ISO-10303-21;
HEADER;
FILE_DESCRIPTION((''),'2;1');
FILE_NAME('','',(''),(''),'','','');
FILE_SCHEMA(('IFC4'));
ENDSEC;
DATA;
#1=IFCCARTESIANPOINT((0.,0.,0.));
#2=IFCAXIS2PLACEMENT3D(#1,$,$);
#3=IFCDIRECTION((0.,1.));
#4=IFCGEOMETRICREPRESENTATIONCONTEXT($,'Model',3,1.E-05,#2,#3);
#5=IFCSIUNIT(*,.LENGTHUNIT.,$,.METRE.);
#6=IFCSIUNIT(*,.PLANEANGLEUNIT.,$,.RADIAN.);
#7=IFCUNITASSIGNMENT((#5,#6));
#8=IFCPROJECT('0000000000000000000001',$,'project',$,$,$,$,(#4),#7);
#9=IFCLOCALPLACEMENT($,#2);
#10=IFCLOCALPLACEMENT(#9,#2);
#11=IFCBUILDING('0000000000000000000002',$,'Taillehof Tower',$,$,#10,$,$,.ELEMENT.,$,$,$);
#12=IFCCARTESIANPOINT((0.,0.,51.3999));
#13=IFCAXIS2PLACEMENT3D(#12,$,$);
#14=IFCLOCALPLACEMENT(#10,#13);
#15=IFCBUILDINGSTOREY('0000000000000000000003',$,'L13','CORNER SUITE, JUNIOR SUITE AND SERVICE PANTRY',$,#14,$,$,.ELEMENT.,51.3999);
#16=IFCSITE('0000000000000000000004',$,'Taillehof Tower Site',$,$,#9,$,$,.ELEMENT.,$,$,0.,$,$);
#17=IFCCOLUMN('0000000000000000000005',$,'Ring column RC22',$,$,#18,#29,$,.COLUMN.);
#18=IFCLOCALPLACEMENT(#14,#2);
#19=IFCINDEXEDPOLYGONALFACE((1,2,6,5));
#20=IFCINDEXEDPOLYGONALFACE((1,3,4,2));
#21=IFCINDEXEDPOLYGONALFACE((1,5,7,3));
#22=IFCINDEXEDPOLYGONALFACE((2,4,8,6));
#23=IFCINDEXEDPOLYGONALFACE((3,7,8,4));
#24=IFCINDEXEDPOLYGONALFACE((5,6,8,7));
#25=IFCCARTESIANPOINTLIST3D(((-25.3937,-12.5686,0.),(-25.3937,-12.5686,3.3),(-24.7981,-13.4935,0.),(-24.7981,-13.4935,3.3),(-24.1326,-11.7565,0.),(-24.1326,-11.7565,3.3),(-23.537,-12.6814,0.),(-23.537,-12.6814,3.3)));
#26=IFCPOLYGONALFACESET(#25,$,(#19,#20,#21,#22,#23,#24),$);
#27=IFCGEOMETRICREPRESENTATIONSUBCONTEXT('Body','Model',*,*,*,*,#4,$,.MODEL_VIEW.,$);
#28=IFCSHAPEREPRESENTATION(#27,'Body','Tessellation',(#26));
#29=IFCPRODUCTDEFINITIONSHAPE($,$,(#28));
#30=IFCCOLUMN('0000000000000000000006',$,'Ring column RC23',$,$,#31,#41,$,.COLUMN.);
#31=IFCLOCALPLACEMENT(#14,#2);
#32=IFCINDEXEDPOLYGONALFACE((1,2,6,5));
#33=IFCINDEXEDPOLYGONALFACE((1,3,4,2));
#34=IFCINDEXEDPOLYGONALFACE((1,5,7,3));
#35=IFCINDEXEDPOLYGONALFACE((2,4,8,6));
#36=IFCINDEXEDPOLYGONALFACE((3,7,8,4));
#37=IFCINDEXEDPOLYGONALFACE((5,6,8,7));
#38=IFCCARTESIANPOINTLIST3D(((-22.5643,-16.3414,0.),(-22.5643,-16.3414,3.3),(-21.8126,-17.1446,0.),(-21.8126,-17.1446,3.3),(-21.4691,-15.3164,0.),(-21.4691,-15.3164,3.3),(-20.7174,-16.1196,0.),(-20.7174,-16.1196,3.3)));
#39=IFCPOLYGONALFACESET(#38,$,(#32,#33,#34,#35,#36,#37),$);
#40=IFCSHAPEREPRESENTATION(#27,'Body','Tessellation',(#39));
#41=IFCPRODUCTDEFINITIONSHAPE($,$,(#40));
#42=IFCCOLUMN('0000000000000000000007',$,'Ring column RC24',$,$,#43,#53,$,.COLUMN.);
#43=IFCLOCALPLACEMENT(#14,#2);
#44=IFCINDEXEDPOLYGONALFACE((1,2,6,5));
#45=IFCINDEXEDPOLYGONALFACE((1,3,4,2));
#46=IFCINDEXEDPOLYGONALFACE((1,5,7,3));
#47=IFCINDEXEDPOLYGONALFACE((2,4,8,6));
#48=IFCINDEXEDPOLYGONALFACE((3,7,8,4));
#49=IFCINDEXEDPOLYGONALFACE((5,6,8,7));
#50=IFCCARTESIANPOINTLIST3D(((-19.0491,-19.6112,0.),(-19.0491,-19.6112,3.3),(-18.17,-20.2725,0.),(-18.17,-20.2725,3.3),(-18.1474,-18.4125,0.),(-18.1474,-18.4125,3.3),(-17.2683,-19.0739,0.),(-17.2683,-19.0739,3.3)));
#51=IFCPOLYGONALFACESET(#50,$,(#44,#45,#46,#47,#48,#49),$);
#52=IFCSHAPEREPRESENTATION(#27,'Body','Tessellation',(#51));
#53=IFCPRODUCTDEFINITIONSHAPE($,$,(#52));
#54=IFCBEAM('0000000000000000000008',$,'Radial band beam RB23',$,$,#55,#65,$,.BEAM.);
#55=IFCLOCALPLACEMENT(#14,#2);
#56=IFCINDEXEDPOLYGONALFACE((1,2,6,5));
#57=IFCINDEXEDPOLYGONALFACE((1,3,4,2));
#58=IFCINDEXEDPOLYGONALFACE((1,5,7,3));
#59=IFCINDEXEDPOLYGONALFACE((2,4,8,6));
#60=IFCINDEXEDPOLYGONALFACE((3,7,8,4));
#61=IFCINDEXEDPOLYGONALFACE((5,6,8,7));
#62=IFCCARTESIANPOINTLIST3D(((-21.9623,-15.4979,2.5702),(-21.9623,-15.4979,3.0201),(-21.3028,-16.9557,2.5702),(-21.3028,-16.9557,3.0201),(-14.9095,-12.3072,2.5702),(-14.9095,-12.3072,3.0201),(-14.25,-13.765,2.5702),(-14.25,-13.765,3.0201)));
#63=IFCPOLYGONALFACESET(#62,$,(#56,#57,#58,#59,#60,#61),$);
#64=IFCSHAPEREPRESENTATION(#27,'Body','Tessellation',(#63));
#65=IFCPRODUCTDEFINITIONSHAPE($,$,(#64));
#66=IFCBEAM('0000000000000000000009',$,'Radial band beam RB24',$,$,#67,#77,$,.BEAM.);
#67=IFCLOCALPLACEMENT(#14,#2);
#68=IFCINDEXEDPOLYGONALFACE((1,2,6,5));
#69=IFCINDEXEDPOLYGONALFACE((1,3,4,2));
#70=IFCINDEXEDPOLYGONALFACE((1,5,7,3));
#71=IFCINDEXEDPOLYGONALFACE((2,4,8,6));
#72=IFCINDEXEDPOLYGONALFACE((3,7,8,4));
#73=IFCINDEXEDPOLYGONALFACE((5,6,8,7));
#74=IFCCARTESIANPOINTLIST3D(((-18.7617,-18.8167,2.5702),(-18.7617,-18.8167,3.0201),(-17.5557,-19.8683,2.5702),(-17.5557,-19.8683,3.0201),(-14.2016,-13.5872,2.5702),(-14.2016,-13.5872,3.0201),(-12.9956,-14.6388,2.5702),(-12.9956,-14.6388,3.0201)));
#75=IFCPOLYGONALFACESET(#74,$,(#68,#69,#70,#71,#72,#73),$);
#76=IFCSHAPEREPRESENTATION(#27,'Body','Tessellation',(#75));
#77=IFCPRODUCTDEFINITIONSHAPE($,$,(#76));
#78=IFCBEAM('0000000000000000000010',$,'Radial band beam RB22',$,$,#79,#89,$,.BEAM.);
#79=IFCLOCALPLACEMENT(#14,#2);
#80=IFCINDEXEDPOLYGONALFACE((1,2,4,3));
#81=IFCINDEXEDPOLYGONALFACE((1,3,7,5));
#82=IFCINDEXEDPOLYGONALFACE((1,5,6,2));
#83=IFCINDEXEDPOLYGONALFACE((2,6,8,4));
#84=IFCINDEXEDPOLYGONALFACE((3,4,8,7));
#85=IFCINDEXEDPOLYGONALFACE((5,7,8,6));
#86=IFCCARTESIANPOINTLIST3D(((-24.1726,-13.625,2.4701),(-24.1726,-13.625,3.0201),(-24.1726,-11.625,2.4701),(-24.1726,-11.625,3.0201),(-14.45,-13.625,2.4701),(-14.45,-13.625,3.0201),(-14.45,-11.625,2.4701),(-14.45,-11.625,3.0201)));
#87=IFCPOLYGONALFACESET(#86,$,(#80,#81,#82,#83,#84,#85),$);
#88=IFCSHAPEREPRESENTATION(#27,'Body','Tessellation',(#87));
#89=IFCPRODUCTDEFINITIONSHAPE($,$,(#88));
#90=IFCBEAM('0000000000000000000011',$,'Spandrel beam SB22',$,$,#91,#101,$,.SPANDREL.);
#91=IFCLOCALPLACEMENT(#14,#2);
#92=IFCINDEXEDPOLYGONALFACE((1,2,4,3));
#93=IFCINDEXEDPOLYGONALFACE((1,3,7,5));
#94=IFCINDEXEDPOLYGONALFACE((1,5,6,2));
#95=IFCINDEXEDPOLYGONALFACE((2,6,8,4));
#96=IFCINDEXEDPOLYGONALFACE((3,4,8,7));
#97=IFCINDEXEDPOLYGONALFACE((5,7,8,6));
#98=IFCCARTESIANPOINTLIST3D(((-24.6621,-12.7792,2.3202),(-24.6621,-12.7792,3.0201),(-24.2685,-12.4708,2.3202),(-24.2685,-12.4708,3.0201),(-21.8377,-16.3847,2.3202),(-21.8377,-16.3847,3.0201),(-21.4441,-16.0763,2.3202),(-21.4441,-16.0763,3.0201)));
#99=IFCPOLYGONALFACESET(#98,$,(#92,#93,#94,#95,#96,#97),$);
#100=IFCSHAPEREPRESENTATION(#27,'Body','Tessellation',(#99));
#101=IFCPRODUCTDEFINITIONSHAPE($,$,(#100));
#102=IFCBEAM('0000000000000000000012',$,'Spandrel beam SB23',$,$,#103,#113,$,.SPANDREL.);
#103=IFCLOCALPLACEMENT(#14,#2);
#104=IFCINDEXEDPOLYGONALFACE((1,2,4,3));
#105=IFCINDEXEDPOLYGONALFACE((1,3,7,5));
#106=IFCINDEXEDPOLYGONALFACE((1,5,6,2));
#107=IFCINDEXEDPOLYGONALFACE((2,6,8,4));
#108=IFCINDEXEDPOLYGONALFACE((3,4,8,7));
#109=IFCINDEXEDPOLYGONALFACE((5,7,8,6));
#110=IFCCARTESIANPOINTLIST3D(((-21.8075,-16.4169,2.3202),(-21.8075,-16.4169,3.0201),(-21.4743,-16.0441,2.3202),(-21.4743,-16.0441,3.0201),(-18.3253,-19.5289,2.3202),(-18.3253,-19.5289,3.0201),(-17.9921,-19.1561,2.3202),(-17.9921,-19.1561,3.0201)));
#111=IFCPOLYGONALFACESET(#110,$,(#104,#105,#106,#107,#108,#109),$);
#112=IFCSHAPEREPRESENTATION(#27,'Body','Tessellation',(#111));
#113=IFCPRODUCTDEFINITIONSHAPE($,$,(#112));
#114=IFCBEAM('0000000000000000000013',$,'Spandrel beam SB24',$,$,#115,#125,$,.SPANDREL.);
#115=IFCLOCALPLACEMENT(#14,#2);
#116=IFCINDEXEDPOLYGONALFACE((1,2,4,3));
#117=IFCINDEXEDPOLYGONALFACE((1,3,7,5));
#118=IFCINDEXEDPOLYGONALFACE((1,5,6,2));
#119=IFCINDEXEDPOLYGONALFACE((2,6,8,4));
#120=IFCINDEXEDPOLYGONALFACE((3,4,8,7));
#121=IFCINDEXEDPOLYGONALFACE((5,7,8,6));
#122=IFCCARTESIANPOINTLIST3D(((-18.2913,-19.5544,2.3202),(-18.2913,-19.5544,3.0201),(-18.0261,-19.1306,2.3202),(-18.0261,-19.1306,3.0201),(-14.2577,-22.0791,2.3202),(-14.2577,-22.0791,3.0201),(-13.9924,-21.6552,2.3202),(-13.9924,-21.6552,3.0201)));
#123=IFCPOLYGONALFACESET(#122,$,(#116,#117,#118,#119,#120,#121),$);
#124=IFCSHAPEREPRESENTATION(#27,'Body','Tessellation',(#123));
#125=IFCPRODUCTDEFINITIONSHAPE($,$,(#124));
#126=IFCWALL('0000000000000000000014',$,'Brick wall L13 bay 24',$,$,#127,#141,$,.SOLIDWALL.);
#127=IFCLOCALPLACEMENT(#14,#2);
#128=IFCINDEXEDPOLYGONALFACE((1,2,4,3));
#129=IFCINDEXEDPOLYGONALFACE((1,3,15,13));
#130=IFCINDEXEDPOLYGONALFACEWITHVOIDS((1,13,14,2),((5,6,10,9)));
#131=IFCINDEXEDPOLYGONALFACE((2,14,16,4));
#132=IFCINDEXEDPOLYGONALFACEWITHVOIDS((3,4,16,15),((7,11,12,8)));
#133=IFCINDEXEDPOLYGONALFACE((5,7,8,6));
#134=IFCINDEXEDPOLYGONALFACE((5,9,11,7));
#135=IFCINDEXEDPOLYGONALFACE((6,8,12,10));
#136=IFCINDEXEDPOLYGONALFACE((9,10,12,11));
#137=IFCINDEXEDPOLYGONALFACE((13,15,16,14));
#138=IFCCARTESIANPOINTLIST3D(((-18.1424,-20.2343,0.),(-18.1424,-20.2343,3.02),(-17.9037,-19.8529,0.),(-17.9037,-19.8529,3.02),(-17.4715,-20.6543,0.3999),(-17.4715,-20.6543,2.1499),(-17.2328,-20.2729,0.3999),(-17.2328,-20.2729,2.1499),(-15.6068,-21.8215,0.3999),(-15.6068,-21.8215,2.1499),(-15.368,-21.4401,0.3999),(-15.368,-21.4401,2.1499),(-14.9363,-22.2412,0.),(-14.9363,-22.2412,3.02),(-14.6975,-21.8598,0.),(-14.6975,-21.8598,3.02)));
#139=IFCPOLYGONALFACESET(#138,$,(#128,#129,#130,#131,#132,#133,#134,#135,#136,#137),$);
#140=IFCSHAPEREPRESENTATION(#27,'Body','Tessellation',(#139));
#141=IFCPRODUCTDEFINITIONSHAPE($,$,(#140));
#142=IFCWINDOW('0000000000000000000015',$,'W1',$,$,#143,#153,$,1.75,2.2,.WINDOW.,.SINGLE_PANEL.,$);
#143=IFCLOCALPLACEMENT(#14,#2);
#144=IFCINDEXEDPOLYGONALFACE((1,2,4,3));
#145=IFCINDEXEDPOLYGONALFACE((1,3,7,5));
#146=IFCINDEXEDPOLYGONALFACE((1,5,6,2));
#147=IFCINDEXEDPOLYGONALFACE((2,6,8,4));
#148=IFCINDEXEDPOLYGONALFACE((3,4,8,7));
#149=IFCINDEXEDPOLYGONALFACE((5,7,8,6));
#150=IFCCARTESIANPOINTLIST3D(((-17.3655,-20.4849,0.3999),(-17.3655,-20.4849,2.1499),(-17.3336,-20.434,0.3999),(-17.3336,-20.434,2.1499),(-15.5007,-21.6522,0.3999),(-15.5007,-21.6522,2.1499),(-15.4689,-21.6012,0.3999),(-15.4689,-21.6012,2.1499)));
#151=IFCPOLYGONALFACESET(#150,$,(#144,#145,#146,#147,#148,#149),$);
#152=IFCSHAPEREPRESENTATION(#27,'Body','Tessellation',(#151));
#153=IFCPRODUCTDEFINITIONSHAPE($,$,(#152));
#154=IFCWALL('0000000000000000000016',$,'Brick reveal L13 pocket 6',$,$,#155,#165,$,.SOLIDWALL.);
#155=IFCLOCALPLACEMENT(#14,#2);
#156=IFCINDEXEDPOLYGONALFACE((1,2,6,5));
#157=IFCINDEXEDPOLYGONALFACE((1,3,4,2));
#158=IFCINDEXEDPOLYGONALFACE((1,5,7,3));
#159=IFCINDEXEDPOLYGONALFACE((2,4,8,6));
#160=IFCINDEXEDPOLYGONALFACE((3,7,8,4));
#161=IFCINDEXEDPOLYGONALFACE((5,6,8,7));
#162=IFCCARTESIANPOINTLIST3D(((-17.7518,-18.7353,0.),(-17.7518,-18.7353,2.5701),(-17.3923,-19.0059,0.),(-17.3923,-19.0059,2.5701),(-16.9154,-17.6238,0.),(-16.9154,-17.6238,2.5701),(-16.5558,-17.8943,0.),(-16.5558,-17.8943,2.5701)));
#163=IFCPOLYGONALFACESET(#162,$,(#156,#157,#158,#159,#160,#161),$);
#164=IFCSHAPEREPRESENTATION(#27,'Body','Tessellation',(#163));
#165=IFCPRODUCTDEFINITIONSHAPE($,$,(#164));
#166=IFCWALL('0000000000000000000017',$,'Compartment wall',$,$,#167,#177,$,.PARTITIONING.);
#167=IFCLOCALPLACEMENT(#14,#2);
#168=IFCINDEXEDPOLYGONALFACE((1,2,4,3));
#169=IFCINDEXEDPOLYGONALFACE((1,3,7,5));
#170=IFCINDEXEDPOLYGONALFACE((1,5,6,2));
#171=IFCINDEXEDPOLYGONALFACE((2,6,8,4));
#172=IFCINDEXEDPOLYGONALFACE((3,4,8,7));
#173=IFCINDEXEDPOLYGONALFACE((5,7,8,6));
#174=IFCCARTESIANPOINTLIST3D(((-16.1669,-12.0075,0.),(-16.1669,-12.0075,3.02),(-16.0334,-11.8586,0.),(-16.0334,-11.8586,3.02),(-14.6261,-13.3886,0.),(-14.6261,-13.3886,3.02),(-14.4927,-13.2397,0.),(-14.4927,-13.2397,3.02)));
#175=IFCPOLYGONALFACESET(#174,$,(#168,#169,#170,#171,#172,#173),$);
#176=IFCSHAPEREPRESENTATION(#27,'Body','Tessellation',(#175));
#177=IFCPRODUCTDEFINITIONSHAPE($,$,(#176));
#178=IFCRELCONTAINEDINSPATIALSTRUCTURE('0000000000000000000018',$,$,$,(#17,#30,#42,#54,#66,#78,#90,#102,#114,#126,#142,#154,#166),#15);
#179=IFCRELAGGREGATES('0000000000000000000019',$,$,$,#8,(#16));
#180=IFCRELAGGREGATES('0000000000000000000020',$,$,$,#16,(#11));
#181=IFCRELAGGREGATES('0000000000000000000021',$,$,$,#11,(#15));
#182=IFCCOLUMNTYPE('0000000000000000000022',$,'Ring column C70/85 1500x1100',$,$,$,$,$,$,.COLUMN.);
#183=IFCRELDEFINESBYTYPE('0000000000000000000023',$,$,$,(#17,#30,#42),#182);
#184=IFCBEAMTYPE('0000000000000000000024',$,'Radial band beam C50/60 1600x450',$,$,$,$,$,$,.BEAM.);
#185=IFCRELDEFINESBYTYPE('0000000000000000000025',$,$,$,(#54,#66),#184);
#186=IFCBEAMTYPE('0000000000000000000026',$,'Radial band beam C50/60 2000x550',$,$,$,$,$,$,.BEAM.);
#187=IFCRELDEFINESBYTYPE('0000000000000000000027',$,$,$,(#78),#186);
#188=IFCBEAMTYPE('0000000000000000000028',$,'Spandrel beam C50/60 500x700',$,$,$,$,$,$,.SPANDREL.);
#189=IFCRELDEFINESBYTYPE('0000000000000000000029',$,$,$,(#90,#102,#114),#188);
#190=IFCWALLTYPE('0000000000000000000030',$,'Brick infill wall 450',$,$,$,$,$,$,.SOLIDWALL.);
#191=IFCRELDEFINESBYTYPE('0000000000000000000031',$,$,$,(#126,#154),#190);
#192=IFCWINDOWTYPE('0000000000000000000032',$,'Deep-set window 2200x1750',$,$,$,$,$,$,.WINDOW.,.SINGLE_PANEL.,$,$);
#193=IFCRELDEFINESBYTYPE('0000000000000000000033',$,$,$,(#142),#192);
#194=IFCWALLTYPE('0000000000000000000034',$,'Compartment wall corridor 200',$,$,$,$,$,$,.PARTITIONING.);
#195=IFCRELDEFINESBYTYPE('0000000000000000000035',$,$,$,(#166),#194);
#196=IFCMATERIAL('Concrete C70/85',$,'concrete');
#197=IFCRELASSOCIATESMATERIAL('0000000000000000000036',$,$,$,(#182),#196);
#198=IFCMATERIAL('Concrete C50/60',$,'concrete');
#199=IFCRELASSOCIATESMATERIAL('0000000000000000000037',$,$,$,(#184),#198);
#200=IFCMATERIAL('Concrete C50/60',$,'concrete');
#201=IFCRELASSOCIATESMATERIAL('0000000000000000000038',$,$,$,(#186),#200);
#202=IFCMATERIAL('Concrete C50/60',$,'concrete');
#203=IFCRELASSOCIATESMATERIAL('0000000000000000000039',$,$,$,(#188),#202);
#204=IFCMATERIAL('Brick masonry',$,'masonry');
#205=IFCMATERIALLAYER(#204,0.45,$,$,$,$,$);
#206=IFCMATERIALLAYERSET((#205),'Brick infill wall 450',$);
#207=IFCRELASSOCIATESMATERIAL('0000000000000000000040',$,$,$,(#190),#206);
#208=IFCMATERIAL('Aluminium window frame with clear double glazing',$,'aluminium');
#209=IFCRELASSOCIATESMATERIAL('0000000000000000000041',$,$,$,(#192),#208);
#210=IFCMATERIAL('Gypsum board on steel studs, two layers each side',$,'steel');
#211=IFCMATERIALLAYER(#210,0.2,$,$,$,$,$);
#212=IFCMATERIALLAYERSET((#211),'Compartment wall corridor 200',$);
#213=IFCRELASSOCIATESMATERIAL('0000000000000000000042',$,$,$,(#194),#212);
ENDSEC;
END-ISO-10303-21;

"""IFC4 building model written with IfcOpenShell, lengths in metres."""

from ifc_helpers import new_model, si_unit, direction, frame, frame_2d, origin, origin_2d, place, context, subcontext, project, spatial, rectangle, extrude, material, layer, layer_set, material_profile, profile_set, type_object, element, fill, save


model = new_model("IFC4")

# Units and contexts
model_context = context("Model", 3, precision=1e-05, world=origin(), true_north=direction((0.0, 1.0)))
body_context = subcontext(model_context, "Body", "Model", "MODEL_VIEW")
ifc_project = project(units=[si_unit("LENGTHUNIT", "METRE"), si_unit("PLANEANGLEUNIT", "RADIAN")], contexts=[model_context])

# Site, building, storey
site_placement = place(None, origin())
site = spatial("IfcSite", under=ifc_project, at=site_placement, Name="Taillehof Tower Site", CompositionType="ELEMENT", RefElevation=0.0)
building_placement = place(site_placement, origin())
building = spatial("IfcBuilding", under=site, at=building_placement, Name="Taillehof Tower", CompositionType="ELEMENT")
storey_placement = place(building_placement, frame((0.0, 0.0, 51.3999)))
storey = spatial("IfcBuildingStorey", under=building, at=storey_placement, Name="L13", Description="CORNER SUITE, JUNIOR SUITE AND SERVICE PANTRY", CompositionType="ELEMENT", Elevation=51.3999)

# Columns
ifc_material_1 = material(Name="Concrete C70/85", Category="concrete")
ifc_material_profile_1 = material_profile(ifc_material_1, rectangle(XDim=1.5, YDim=1.1001, at=origin_2d()), Name="RC 1500x1100")
ifc_profile_set_1 = profile_set([ifc_material_profile_1], Name="Concrete C70/85")
column_type = type_object("IfcColumnType", Name="Ring column C70/85 1500x1100", PredefinedType="COLUMN", material=ifc_profile_set_1)
for number, where, z_axis, x_axis, name in (
    (1, (-24.4653, -12.625, 0.0), (0.0, 0.0, 1.0), (-0.840754, -0.541418, 0.0), "Ring column RC22"),
    (2, (-21.6409, -16.2305, 0.0), (0.0, 0.0, 1.0), (-0.730113, -0.683326, 0.0), "Ring column RC23"),
    (3, (-18.1587, -19.3425, 0.0), (0.0, 0.0, 1.0), (-0.601174, -0.799118, 0.0), "Ring column RC24"),
):
    element("IfcColumn", number, at=place(storey_placement, frame(where, z_axis=z_axis, x_axis=x_axis)), inside=storey, type_object=column_type, Name=name, PredefinedType="COLUMN", context=body_context, shape_type="SweptSolid", body=[
        extrude(rectangle(XDim=1.5, YDim=1.1001, at=origin_2d()), origin(), (0.0, 0.0, 1.0), 3.3),
    ])

# Beams
ifc_material_2 = material(Name="Concrete C50/60", Category="concrete")
ifc_material_profile_2 = material_profile(ifc_material_2, rectangle(XDim=1.6001, YDim=0.45, at=origin_2d()), Name="RC 1600x450")
ifc_profile_set_2 = profile_set([ifc_material_profile_2], Name="Concrete C50/60")
beam_type_1 = type_object("IfcBeamType", Name="Radial band beam C50/60 1600x450", PredefinedType="BEAM", material=ifc_profile_set_2)
beam_1_placement = place(storey_placement, frame((-21.6326, -16.2268, 2.7952), z_axis=(0.911101, 0.412184, 0.0), x_axis=(-0.412184, 0.911101, 0.0)))
element("IfcBeam", 4, at=beam_1_placement, inside=storey, type_object=beam_type_1, Name="Radial band beam RB23", PredefinedType="BEAM", context=body_context, shape_type="SweptSolid", body=[
    extrude(rectangle(XDim=1.6001, YDim=0.45, at=origin_2d()), origin(), (0.0, 0.0, 1.0), 7.741),
])
beam_2_placement = place(storey_placement, frame((-18.1587, -19.3425, 2.7952), z_axis=(0.657218, 0.7537, 0.0), x_axis=(-0.7537, 0.657218, 0.0)))
element("IfcBeam", 5, at=beam_2_placement, inside=storey, type_object=beam_type_1, Name="Radial band beam RB24", PredefinedType="BEAM", context=body_context, shape_type="SweptSolid", body=[
    extrude(rectangle(XDim=1.6001, YDim=0.45, at=origin_2d()), origin(), (0.0, 0.0, 1.0), 6.9385),
])
ifc_material_3 = material(Name="Concrete C50/60", Category="concrete")
ifc_material_profile_3 = material_profile(ifc_material_3, rectangle(XDim=2.0, YDim=0.55, at=origin_2d()), Name="RC 2000x550")
ifc_profile_set_3 = profile_set([ifc_material_profile_3], Name="Concrete C50/60")
beam_type_2 = type_object("IfcBeamType", Name="Radial band beam C50/60 2000x550", PredefinedType="BEAM", material=ifc_profile_set_3)
beam_3_placement = place(storey_placement, frame((-24.1726, -12.625, 2.7451), z_axis=(1.0, 0.0, 0.0), x_axis=(0.0, 1.0, 0.0)))
element("IfcBeam", 6, at=beam_3_placement, inside=storey, type_object=beam_type_2, Name="Radial band beam RB22", PredefinedType="BEAM", context=body_context, shape_type="SweptSolid", body=[
    extrude(rectangle(XDim=2.0, YDim=0.55, at=origin_2d()), origin(), (0.0, 0.0, 1.0), 9.7227),
])
ifc_material_4 = material(Name="Concrete C50/60", Category="concrete")
ifc_material_profile_4 = material_profile(ifc_material_4, rectangle(XDim=0.5, YDim=0.7, at=origin_2d()), Name="RC 500x700")
ifc_profile_set_4 = profile_set([ifc_material_profile_4], Name="Concrete C50/60")
beam_type_3 = type_object("IfcBeamType", Name="Spandrel beam C50/60 500x700", PredefinedType="SPANDREL", material=ifc_profile_set_4)
beam_4_placement = place(storey_placement, frame((-24.4653, -12.625, 2.6702), z_axis=(0.616686, -0.787209, 0.0), x_axis=(0.787209, 0.616686, 0.0)))
element("IfcBeam", 7, at=beam_4_placement, inside=storey, type_object=beam_type_3, Name="Spandrel beam SB22", PredefinedType="SPANDREL", context=body_context, shape_type="SweptSolid", body=[
    extrude(rectangle(XDim=0.5, YDim=0.7, at=origin_2d()), origin(), (0.0, 0.0, 1.0), 4.5801),
])
beam_5_placement = place(storey_placement, frame((-21.6409, -16.2305, 2.6702), z_axis=(0.745621, -0.66637, 0.0), x_axis=(0.66637, 0.745621, 0.0)))
element("IfcBeam", 8, at=beam_5_placement, inside=storey, type_object=beam_type_3, Name="Spandrel beam SB23", PredefinedType="SPANDREL", context=body_context, shape_type="SweptSolid", body=[
    extrude(rectangle(XDim=0.5, YDim=0.7, at=origin_2d()), origin(), (0.0, 0.0, 1.0), 4.6702),
])
beam_6_placement = place(storey_placement, frame((-18.1587, -19.3425, 2.6702), z_axis=(0.847658, -0.530543, 0.0), x_axis=(0.530543, 0.847658, 0.0)))
element("IfcBeam", 9, at=beam_6_placement, inside=storey, type_object=beam_type_3, Name="Spandrel beam SB24", PredefinedType="SPANDREL", context=body_context, shape_type="SweptSolid", body=[
    extrude(rectangle(XDim=0.5, YDim=0.7, at=origin_2d()), origin(), (0.0, 0.0, 1.0), 4.7585),
])

# Wall, opening, window
ifc_material_5 = material(Name="Brick masonry", Category="masonry")
ifc_layer_1 = layer(ifc_material_5, 0.45)
ifc_layer_set_1 = layer_set([ifc_layer_1], Name="Brick infill wall 450")
wall_type_1 = type_object("IfcWallType", Name="Brick infill wall 450", PredefinedType="SOLIDWALL", material=ifc_layer_set_1)
wall_1_placement = place(storey_placement, frame((-18.0229, -20.0437, 0.0), z_axis=(0.0, 0.0, 1.0), x_axis=(0.847635, -0.530579, 0.0)))
wall_1 = element("IfcWall", 10, at=wall_1_placement, inside=storey, type_object=wall_type_1, Name="Brick wall L13 bay 24", PredefinedType="SOLIDWALL", context=body_context, shape_type="SweptSolid", body=[
    extrude(rectangle(XDim=3.7825, YDim=0.45, at=frame_2d((1.8911, 0.0))), origin(), (0.0, 0.0, 1.0), 3.02),
])
opening_1_placement = place(wall_1_placement, frame((0.7913, 0.0, 0.3999)))
opening_1 = element("IfcOpeningElement", 11, at=opening_1_placement, cuts=wall_1, PredefinedType="OPENING", context=body_context, shape_type="SweptSolid", body=[
    extrude(rectangle(XDim=2.2, YDim=1.75, at=frame_2d((1.1001, 0.875))), frame((0.0, 0.2349, 0.0), z_axis=(0.0, -1.0, 0.0), x_axis=(1.0, 0.0, 0.0)), (0.0, 0.0, 1.0), 0.47),
])
ifc_material_6 = material(Name="Aluminium window frame with clear double glazing", Category="aluminium")
window_type_1 = type_object("IfcWindowType", Name="Deep-set window 2200x1750", PartitioningType="SINGLE_PANEL", PredefinedType="WINDOW", material=ifc_material_6)
window_1_placement = place(opening_1_placement, origin())
window_1 = element("IfcWindow", 12, at=window_1_placement, inside=storey, type_object=window_type_1, Name="W1", OverallHeight=1.75, OverallWidth=2.2, PartitioningType="SINGLE_PANEL", PredefinedType="WINDOW", context=body_context, shape_type="SweptSolid", body=[
    extrude(rectangle(XDim=2.2, YDim=1.75, at=frame_2d((1.1001, 0.875))), frame((0.0, 0.0349, 0.0), z_axis=(0.0, -1.0, 0.0), x_axis=(1.0, 0.0, 0.0)), (0.0, 0.0, 1.0), 0.0601),
])
fill(opening_1, window_1)

# Wall
wall_2_placement = place(storey_placement, frame((-17.572, -18.8706, 0.0), z_axis=(0.0, 0.0, 1.0), x_axis=(0.601263, 0.799051, 0.0)))
element("IfcWall", 13, at=wall_2_placement, inside=storey, type_object=wall_type_1, Name="Brick reveal L13 pocket 6", PredefinedType="SOLIDWALL", context=body_context, shape_type="SweptSolid", body=[
    extrude(rectangle(XDim=1.3911, YDim=0.45, at=frame_2d((0.6956, 0.0))), origin(), (0.0, 0.0, 1.0), 2.5701),
])

# Wall
ifc_material_7 = material(Name="Gypsum board on steel studs, two layers each side", Category="steel")
ifc_layer_2 = layer(ifc_material_7, 0.2)
ifc_layer_set_2 = layer_set([ifc_layer_2], Name="Compartment wall corridor 200")
wall_type_2 = type_object("IfcWallType", Name="Compartment wall corridor 200", PredefinedType="PARTITIONING", material=ifc_layer_set_2)
wall_3_placement = place(storey_placement, frame((-14.5593, -13.3142, 0.0), z_axis=(0.0, 0.0, 1.0), x_axis=(-0.744636, 0.667471, 0.0)))
element("IfcWall", 14, at=wall_3_placement, inside=storey, type_object=wall_type_2, Name="Compartment wall", PredefinedType="PARTITIONING", context=body_context, shape_type="SweptSolid", body=[
    extrude(rectangle(XDim=2.0691, YDim=0.2, at=frame_2d((1.0347, 0.0))), origin(), (0.0, 0.0, 1.0), 3.02),
])

save(model, "model.ifc")
